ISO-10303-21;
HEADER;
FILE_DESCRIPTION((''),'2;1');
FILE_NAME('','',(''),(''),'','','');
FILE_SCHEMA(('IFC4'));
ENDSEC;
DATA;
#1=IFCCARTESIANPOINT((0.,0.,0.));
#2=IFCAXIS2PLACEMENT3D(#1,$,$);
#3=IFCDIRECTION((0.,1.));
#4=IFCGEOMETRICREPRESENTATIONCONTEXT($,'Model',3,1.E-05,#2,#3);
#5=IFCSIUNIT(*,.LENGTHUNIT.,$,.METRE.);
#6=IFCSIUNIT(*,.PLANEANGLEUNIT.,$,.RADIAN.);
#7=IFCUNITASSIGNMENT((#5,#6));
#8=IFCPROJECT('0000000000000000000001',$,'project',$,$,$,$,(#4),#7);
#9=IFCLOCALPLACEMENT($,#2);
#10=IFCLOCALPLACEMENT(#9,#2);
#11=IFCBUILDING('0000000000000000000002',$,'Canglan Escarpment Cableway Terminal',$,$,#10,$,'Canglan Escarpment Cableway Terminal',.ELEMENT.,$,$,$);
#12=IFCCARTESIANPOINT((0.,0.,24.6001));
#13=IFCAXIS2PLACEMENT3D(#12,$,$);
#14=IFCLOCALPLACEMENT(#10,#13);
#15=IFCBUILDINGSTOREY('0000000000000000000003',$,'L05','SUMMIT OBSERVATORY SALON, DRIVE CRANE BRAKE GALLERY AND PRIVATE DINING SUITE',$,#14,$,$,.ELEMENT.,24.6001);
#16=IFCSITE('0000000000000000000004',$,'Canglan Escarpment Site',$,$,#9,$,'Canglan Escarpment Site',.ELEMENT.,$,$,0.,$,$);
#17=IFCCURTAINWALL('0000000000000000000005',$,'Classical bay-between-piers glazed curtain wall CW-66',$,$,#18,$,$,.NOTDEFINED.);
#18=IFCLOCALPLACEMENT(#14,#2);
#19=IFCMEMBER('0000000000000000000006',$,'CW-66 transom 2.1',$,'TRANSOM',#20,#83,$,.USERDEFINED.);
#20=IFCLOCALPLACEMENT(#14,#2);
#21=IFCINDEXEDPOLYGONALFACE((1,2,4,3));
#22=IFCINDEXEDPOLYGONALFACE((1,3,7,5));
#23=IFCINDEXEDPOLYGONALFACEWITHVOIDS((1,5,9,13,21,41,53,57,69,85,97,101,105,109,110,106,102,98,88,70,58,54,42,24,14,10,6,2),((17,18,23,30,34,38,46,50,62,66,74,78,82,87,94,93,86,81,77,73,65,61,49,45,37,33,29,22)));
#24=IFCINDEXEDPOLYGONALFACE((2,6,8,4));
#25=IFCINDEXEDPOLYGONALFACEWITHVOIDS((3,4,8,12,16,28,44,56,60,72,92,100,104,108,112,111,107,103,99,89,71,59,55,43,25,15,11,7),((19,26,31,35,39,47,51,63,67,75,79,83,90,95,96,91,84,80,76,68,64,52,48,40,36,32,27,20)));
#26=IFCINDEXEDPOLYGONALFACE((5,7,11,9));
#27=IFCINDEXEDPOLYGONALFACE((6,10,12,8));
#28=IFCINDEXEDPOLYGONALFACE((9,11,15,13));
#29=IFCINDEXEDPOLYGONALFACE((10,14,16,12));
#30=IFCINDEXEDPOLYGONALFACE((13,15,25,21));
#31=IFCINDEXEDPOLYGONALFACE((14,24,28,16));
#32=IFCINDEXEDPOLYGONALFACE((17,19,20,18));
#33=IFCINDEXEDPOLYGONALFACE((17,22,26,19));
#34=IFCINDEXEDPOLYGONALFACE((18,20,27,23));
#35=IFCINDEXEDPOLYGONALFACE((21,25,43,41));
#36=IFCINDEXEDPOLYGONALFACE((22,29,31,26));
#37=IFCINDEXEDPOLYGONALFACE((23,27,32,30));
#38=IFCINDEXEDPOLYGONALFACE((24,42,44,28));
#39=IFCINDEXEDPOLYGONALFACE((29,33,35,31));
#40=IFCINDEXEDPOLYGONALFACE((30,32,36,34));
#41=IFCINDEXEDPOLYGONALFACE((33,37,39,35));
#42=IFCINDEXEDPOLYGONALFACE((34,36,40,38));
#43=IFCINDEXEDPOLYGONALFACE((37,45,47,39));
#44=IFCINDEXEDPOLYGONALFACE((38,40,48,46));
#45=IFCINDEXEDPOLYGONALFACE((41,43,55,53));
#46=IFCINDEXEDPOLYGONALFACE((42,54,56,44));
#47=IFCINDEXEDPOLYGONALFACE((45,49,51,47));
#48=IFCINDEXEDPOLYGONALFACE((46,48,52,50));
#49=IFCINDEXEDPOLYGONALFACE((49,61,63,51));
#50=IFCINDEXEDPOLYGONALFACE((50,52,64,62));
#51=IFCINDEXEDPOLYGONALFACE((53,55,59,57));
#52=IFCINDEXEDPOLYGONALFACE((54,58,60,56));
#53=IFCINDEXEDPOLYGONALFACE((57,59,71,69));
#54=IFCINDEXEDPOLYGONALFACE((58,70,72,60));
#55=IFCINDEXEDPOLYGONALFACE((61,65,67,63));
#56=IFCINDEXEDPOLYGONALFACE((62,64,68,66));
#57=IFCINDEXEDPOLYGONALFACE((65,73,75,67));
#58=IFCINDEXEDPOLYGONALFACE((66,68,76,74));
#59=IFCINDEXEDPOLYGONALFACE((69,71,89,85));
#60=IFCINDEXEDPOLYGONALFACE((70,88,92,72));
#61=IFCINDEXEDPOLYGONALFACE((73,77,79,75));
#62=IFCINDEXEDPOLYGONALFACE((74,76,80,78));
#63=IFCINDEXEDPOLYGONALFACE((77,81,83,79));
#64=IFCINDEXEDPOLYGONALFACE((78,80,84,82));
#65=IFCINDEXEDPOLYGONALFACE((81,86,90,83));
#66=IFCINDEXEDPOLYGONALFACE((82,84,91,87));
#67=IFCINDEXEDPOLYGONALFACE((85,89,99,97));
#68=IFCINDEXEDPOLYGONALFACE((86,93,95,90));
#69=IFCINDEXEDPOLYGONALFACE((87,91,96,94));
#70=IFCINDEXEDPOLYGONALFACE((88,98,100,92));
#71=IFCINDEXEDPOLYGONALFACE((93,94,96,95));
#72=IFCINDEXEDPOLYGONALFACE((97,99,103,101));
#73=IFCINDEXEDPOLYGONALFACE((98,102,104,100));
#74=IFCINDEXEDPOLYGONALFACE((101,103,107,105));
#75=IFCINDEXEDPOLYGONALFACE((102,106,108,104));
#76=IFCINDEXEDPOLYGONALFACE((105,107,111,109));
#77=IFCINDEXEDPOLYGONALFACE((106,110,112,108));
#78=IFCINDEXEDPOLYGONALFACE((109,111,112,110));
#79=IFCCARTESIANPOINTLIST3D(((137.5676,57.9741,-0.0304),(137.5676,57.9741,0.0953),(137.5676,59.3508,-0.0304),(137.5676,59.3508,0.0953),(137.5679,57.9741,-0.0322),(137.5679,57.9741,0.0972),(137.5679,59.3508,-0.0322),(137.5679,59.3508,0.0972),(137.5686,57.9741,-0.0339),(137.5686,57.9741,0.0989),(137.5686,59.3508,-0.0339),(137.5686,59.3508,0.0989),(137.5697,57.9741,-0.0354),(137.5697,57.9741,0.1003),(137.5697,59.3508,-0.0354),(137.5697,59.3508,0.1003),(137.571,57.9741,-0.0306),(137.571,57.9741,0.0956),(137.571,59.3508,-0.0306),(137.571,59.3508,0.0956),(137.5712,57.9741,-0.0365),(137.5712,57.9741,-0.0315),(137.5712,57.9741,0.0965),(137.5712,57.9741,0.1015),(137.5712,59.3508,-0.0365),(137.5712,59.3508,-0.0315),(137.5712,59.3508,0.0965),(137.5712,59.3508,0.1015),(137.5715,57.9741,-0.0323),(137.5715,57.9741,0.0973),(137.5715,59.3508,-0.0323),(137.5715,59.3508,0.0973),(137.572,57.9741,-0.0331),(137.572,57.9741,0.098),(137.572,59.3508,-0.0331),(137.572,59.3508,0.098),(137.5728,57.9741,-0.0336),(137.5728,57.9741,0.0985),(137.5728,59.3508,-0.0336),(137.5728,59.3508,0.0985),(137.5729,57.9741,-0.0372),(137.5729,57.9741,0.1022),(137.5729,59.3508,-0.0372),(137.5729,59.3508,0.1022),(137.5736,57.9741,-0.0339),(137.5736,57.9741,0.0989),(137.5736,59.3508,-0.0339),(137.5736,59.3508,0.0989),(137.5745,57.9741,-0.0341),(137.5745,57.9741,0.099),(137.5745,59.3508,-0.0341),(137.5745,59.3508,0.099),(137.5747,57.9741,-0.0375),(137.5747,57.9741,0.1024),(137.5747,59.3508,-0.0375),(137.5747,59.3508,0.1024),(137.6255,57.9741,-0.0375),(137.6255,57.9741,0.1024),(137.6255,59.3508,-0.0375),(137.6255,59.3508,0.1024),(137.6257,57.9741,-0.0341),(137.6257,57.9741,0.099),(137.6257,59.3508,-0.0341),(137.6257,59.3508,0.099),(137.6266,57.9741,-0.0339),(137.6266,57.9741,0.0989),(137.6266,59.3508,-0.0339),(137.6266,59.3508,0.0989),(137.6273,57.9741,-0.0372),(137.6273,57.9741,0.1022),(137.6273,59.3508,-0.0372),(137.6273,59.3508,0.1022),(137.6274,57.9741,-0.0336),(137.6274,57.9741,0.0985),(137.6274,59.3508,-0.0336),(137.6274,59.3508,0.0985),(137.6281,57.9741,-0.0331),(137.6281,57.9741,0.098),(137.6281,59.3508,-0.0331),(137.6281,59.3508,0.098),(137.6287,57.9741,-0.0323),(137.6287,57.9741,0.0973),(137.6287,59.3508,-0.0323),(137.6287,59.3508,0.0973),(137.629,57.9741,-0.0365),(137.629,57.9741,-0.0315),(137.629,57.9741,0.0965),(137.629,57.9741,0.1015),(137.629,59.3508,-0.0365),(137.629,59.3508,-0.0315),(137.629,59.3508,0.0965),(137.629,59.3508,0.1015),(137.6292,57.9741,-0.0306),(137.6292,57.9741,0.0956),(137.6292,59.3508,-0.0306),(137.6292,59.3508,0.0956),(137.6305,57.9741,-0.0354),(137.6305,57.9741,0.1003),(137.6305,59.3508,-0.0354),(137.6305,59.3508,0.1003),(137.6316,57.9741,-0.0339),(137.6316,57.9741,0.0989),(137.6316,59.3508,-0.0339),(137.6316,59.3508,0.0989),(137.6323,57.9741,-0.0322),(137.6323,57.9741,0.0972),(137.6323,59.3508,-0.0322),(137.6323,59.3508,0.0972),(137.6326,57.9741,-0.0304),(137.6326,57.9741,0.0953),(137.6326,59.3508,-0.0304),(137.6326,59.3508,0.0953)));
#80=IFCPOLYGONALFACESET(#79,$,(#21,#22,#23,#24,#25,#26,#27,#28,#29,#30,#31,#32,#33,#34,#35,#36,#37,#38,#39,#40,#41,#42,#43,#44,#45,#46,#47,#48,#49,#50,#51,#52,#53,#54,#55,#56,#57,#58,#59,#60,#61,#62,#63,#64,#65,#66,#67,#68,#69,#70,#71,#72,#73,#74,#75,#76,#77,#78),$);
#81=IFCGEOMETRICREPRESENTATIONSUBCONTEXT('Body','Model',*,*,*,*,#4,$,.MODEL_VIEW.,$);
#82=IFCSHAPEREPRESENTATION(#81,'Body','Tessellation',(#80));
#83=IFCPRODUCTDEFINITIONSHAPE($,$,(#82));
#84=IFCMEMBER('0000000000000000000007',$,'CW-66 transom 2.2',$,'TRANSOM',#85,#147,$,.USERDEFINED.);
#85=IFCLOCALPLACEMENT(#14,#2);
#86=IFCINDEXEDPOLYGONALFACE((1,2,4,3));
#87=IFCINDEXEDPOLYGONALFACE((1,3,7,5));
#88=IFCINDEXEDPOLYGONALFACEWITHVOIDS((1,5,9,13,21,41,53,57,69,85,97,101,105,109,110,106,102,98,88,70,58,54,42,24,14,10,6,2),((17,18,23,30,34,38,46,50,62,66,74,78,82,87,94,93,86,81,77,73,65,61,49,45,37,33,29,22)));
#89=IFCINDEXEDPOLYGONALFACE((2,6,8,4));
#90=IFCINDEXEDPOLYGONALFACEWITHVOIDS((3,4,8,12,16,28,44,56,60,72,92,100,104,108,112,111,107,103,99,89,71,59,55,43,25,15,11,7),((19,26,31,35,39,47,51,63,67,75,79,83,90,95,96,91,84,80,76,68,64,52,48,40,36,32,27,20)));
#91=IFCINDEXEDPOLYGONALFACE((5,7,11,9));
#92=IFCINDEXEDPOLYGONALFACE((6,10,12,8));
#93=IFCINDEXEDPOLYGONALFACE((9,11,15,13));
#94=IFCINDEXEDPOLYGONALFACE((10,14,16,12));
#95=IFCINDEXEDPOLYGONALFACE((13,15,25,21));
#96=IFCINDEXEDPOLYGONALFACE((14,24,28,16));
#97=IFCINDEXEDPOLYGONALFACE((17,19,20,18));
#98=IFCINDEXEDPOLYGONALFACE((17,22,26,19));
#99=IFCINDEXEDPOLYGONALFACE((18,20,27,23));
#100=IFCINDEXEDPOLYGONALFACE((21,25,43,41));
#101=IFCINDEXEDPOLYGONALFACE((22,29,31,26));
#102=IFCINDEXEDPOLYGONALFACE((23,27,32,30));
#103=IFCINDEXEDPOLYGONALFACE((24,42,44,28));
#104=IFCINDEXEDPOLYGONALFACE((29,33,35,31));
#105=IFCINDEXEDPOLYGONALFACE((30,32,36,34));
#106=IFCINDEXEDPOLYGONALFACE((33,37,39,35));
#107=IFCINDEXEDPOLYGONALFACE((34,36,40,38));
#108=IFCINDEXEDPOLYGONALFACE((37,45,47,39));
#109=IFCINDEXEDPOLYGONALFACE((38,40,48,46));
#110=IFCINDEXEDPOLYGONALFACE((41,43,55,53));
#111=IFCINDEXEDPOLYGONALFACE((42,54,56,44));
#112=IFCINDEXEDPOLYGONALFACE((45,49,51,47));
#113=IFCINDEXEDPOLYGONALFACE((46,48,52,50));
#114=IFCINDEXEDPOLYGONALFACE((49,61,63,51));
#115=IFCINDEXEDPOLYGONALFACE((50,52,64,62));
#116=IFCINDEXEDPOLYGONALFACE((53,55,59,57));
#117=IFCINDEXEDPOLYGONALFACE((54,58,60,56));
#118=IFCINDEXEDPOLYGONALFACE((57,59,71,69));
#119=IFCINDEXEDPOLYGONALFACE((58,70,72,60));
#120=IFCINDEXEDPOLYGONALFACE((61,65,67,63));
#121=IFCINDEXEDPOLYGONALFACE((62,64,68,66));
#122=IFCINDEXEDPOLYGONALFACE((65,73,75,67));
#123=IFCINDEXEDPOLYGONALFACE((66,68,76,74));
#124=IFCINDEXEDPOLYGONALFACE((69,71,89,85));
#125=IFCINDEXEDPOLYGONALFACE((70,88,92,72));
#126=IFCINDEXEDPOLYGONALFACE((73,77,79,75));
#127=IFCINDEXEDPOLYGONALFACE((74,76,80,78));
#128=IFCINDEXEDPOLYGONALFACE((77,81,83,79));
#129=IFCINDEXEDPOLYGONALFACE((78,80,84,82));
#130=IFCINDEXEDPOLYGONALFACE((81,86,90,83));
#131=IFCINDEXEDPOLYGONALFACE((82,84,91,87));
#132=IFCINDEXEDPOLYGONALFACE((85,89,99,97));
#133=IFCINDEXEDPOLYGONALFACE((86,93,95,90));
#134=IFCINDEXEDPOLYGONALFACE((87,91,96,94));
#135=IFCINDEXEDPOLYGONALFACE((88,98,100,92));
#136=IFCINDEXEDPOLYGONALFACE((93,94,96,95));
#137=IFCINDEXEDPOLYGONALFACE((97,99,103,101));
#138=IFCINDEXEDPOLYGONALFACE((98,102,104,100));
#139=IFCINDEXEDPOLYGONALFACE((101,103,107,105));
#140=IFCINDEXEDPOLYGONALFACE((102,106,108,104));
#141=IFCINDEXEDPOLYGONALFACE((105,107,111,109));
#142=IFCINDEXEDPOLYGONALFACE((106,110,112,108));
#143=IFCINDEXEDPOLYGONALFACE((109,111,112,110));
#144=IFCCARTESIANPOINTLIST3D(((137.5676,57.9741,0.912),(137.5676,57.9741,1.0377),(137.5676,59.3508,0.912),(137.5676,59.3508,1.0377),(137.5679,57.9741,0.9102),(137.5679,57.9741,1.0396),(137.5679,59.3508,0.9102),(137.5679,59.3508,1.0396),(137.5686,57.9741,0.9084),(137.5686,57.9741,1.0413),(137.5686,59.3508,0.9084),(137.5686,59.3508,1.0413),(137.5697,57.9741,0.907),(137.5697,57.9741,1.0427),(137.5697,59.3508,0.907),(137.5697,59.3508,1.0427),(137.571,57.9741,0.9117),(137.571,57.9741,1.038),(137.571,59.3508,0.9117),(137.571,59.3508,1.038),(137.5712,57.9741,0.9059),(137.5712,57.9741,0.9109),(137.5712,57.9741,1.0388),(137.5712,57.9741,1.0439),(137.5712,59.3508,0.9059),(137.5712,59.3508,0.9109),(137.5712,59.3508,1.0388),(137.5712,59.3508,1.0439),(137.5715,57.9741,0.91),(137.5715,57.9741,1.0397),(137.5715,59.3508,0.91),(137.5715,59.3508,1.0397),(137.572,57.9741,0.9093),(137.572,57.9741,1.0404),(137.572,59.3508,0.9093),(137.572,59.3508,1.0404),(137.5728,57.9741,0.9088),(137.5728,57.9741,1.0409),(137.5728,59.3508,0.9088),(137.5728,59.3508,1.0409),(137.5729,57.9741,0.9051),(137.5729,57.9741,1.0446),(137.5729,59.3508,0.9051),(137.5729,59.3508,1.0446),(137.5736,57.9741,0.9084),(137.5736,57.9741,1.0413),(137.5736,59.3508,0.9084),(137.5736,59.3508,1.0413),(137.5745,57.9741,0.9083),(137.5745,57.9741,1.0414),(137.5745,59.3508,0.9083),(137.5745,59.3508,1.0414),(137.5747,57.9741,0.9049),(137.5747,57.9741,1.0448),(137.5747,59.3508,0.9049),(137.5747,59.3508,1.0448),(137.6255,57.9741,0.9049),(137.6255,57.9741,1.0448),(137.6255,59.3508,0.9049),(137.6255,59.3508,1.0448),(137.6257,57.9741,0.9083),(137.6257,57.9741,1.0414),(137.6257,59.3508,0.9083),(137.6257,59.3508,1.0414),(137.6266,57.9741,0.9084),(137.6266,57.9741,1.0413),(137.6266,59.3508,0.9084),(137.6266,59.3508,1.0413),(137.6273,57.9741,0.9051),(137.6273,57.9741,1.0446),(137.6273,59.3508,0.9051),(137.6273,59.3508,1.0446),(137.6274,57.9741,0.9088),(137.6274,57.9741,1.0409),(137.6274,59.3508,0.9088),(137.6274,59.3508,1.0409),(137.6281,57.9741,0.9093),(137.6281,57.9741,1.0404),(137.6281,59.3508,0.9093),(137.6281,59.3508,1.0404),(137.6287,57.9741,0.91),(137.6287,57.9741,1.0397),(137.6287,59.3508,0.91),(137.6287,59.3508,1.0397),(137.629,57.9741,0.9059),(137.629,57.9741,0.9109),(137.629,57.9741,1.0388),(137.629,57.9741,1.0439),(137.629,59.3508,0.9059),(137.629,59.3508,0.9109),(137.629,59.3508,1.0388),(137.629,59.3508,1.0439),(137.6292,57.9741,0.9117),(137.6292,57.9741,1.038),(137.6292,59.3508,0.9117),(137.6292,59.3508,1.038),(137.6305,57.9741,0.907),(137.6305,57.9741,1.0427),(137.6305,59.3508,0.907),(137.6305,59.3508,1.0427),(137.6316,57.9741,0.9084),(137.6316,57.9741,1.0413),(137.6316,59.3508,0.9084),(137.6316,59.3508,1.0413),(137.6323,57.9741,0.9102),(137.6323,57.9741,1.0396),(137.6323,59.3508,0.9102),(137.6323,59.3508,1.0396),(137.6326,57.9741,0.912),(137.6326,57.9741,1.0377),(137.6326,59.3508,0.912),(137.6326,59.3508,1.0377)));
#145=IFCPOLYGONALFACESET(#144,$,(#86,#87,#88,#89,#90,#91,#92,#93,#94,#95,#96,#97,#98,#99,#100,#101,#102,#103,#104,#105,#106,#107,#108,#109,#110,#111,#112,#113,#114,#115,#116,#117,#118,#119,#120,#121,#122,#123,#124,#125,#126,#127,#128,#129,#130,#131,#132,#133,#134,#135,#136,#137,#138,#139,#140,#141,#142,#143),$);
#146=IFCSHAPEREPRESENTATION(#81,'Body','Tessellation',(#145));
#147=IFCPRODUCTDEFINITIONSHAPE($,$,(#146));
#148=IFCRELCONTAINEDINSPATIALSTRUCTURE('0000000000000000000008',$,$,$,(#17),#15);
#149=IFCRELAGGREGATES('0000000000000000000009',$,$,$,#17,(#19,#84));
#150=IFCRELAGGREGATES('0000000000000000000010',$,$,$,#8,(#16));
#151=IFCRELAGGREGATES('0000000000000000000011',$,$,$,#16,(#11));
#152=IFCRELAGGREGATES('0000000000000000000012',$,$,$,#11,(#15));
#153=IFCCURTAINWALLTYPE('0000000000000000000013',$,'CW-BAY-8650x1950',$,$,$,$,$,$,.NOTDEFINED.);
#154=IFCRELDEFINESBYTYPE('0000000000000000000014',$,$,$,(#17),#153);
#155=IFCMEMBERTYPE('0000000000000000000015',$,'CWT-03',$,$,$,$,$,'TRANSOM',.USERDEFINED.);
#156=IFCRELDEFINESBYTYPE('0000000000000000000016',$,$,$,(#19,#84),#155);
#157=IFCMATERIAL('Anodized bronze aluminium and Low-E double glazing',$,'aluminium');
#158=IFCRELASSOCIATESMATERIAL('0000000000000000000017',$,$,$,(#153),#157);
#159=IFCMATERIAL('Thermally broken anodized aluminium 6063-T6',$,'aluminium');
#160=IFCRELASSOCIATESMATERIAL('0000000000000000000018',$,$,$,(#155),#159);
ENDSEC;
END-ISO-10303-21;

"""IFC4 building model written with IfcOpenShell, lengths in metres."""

from ifc_helpers import new_model, si_unit, direction, frame, origin, origin_2d, place, context, subcontext, project, spatial, hollow_rectangle, extrude, material, material_profile, profile_set, type_object, element, aggregate, save


model = new_model("IFC4")

# Units and contexts
model_context = context("Model", 3, precision=1e-05, world=origin(), true_north=direction((0.0, 1.0)))
body_context = subcontext(model_context, "Body", "Model", "MODEL_VIEW")
ifc_project = project(units=[si_unit("LENGTHUNIT", "METRE"), si_unit("PLANEANGLEUNIT", "RADIAN")], contexts=[model_context])

# Site, building, storey
site_placement = place(None, origin())
site = spatial("IfcSite", under=ifc_project, at=site_placement, Name="Canglan Escarpment Site", LongName="Canglan Escarpment Site", CompositionType="ELEMENT", RefElevation=0.0)
building_placement = place(site_placement, origin())
building = spatial("IfcBuilding", under=site, at=building_placement, Name="Canglan Escarpment Cableway Terminal", LongName="Canglan Escarpment Cableway Terminal", CompositionType="ELEMENT")
storey_placement = place(building_placement, frame((0.0, 0.0, 24.6001)))
storey = spatial("IfcBuildingStorey", under=building, at=storey_placement, Name="L05", Description="SUMMIT OBSERVATORY SALON, DRIVE CRANE BRAKE GALLERY AND PRIVATE DINING SUITE", CompositionType="ELEMENT", Elevation=24.6001)

# Curtain wall, members
ifc_material_1 = material(Name="Anodized bronze aluminium and Low-E double glazing", Category="aluminium")
curtain_wall_type = type_object("IfcCurtainWallType", Name="CW-BAY-8650x1950", PredefinedType="NOTDEFINED", material=ifc_material_1)
curtain_wall_placement = place(storey_placement, origin())
curtain_wall = element("IfcCurtainWall", 1, at=curtain_wall_placement, inside=storey, type_object=curtain_wall_type, Name="Classical bay-between-piers glazed curtain wall CW-66", PredefinedType="NOTDEFINED")
ifc_material_2 = material(Name="Thermally broken anodized aluminium 6063-T6", Category="aluminium")
ifc_material_profile_1 = material_profile(ifc_material_2, hollow_rectangle(XDim=0.0649, YDim=0.1399, WallThickness=0.0034, InnerFilletRadius=0.0034, OuterFilletRadius=0.0071, at=origin_2d()), Name="ALU-TRAN 65x140x3.5")
ifc_profile_set_1 = profile_set([ifc_material_profile_1], Name="Thermally broken anodized aluminium 6063-T6")
member_type_1 = type_object("IfcMemberType", Name="CWT-03", ElementType="TRANSOM", PredefinedType="USERDEFINED", material=ifc_profile_set_1)
member_1_placement = place(storey_placement, frame((137.6001, 59.3508, 0.0325), z_axis=(0.0, -1.0, 0.0), x_axis=(1.0, 0.0, 0.0)))
member_1 = element("IfcMember", 2, at=member_1_placement, type_object=member_type_1, Name="CW-66 transom 2.1", ObjectType="TRANSOM", PredefinedType="USERDEFINED", context=body_context, shape_type="SweptSolid", body=[
    extrude(hollow_rectangle(XDim=0.0649, YDim=0.1399, WallThickness=0.0034, InnerFilletRadius=0.0034, OuterFilletRadius=0.0071, at=origin_2d()), origin(), (0.0, 0.0, 1.0), 1.3767),
])
member_2_placement = place(storey_placement, frame((137.6001, 59.3508, 0.9749), z_axis=(0.0, -1.0, 0.0), x_axis=(1.0, 0.0, 0.0)))
member_2 = element("IfcMember", 3, at=member_2_placement, type_object=member_type_1, Name="CW-66 transom 2.2", ObjectType="TRANSOM", PredefinedType="USERDEFINED", context=body_context, shape_type="SweptSolid", body=[
    extrude(hollow_rectangle(XDim=0.0649, YDim=0.1399, WallThickness=0.0034, InnerFilletRadius=0.0034, OuterFilletRadius=0.0071, at=origin_2d()), origin(), (0.0, 0.0, 1.0), 1.3767),
])

aggregate(curtain_wall, [member_1, member_2])

save(model, "model.ifc")
